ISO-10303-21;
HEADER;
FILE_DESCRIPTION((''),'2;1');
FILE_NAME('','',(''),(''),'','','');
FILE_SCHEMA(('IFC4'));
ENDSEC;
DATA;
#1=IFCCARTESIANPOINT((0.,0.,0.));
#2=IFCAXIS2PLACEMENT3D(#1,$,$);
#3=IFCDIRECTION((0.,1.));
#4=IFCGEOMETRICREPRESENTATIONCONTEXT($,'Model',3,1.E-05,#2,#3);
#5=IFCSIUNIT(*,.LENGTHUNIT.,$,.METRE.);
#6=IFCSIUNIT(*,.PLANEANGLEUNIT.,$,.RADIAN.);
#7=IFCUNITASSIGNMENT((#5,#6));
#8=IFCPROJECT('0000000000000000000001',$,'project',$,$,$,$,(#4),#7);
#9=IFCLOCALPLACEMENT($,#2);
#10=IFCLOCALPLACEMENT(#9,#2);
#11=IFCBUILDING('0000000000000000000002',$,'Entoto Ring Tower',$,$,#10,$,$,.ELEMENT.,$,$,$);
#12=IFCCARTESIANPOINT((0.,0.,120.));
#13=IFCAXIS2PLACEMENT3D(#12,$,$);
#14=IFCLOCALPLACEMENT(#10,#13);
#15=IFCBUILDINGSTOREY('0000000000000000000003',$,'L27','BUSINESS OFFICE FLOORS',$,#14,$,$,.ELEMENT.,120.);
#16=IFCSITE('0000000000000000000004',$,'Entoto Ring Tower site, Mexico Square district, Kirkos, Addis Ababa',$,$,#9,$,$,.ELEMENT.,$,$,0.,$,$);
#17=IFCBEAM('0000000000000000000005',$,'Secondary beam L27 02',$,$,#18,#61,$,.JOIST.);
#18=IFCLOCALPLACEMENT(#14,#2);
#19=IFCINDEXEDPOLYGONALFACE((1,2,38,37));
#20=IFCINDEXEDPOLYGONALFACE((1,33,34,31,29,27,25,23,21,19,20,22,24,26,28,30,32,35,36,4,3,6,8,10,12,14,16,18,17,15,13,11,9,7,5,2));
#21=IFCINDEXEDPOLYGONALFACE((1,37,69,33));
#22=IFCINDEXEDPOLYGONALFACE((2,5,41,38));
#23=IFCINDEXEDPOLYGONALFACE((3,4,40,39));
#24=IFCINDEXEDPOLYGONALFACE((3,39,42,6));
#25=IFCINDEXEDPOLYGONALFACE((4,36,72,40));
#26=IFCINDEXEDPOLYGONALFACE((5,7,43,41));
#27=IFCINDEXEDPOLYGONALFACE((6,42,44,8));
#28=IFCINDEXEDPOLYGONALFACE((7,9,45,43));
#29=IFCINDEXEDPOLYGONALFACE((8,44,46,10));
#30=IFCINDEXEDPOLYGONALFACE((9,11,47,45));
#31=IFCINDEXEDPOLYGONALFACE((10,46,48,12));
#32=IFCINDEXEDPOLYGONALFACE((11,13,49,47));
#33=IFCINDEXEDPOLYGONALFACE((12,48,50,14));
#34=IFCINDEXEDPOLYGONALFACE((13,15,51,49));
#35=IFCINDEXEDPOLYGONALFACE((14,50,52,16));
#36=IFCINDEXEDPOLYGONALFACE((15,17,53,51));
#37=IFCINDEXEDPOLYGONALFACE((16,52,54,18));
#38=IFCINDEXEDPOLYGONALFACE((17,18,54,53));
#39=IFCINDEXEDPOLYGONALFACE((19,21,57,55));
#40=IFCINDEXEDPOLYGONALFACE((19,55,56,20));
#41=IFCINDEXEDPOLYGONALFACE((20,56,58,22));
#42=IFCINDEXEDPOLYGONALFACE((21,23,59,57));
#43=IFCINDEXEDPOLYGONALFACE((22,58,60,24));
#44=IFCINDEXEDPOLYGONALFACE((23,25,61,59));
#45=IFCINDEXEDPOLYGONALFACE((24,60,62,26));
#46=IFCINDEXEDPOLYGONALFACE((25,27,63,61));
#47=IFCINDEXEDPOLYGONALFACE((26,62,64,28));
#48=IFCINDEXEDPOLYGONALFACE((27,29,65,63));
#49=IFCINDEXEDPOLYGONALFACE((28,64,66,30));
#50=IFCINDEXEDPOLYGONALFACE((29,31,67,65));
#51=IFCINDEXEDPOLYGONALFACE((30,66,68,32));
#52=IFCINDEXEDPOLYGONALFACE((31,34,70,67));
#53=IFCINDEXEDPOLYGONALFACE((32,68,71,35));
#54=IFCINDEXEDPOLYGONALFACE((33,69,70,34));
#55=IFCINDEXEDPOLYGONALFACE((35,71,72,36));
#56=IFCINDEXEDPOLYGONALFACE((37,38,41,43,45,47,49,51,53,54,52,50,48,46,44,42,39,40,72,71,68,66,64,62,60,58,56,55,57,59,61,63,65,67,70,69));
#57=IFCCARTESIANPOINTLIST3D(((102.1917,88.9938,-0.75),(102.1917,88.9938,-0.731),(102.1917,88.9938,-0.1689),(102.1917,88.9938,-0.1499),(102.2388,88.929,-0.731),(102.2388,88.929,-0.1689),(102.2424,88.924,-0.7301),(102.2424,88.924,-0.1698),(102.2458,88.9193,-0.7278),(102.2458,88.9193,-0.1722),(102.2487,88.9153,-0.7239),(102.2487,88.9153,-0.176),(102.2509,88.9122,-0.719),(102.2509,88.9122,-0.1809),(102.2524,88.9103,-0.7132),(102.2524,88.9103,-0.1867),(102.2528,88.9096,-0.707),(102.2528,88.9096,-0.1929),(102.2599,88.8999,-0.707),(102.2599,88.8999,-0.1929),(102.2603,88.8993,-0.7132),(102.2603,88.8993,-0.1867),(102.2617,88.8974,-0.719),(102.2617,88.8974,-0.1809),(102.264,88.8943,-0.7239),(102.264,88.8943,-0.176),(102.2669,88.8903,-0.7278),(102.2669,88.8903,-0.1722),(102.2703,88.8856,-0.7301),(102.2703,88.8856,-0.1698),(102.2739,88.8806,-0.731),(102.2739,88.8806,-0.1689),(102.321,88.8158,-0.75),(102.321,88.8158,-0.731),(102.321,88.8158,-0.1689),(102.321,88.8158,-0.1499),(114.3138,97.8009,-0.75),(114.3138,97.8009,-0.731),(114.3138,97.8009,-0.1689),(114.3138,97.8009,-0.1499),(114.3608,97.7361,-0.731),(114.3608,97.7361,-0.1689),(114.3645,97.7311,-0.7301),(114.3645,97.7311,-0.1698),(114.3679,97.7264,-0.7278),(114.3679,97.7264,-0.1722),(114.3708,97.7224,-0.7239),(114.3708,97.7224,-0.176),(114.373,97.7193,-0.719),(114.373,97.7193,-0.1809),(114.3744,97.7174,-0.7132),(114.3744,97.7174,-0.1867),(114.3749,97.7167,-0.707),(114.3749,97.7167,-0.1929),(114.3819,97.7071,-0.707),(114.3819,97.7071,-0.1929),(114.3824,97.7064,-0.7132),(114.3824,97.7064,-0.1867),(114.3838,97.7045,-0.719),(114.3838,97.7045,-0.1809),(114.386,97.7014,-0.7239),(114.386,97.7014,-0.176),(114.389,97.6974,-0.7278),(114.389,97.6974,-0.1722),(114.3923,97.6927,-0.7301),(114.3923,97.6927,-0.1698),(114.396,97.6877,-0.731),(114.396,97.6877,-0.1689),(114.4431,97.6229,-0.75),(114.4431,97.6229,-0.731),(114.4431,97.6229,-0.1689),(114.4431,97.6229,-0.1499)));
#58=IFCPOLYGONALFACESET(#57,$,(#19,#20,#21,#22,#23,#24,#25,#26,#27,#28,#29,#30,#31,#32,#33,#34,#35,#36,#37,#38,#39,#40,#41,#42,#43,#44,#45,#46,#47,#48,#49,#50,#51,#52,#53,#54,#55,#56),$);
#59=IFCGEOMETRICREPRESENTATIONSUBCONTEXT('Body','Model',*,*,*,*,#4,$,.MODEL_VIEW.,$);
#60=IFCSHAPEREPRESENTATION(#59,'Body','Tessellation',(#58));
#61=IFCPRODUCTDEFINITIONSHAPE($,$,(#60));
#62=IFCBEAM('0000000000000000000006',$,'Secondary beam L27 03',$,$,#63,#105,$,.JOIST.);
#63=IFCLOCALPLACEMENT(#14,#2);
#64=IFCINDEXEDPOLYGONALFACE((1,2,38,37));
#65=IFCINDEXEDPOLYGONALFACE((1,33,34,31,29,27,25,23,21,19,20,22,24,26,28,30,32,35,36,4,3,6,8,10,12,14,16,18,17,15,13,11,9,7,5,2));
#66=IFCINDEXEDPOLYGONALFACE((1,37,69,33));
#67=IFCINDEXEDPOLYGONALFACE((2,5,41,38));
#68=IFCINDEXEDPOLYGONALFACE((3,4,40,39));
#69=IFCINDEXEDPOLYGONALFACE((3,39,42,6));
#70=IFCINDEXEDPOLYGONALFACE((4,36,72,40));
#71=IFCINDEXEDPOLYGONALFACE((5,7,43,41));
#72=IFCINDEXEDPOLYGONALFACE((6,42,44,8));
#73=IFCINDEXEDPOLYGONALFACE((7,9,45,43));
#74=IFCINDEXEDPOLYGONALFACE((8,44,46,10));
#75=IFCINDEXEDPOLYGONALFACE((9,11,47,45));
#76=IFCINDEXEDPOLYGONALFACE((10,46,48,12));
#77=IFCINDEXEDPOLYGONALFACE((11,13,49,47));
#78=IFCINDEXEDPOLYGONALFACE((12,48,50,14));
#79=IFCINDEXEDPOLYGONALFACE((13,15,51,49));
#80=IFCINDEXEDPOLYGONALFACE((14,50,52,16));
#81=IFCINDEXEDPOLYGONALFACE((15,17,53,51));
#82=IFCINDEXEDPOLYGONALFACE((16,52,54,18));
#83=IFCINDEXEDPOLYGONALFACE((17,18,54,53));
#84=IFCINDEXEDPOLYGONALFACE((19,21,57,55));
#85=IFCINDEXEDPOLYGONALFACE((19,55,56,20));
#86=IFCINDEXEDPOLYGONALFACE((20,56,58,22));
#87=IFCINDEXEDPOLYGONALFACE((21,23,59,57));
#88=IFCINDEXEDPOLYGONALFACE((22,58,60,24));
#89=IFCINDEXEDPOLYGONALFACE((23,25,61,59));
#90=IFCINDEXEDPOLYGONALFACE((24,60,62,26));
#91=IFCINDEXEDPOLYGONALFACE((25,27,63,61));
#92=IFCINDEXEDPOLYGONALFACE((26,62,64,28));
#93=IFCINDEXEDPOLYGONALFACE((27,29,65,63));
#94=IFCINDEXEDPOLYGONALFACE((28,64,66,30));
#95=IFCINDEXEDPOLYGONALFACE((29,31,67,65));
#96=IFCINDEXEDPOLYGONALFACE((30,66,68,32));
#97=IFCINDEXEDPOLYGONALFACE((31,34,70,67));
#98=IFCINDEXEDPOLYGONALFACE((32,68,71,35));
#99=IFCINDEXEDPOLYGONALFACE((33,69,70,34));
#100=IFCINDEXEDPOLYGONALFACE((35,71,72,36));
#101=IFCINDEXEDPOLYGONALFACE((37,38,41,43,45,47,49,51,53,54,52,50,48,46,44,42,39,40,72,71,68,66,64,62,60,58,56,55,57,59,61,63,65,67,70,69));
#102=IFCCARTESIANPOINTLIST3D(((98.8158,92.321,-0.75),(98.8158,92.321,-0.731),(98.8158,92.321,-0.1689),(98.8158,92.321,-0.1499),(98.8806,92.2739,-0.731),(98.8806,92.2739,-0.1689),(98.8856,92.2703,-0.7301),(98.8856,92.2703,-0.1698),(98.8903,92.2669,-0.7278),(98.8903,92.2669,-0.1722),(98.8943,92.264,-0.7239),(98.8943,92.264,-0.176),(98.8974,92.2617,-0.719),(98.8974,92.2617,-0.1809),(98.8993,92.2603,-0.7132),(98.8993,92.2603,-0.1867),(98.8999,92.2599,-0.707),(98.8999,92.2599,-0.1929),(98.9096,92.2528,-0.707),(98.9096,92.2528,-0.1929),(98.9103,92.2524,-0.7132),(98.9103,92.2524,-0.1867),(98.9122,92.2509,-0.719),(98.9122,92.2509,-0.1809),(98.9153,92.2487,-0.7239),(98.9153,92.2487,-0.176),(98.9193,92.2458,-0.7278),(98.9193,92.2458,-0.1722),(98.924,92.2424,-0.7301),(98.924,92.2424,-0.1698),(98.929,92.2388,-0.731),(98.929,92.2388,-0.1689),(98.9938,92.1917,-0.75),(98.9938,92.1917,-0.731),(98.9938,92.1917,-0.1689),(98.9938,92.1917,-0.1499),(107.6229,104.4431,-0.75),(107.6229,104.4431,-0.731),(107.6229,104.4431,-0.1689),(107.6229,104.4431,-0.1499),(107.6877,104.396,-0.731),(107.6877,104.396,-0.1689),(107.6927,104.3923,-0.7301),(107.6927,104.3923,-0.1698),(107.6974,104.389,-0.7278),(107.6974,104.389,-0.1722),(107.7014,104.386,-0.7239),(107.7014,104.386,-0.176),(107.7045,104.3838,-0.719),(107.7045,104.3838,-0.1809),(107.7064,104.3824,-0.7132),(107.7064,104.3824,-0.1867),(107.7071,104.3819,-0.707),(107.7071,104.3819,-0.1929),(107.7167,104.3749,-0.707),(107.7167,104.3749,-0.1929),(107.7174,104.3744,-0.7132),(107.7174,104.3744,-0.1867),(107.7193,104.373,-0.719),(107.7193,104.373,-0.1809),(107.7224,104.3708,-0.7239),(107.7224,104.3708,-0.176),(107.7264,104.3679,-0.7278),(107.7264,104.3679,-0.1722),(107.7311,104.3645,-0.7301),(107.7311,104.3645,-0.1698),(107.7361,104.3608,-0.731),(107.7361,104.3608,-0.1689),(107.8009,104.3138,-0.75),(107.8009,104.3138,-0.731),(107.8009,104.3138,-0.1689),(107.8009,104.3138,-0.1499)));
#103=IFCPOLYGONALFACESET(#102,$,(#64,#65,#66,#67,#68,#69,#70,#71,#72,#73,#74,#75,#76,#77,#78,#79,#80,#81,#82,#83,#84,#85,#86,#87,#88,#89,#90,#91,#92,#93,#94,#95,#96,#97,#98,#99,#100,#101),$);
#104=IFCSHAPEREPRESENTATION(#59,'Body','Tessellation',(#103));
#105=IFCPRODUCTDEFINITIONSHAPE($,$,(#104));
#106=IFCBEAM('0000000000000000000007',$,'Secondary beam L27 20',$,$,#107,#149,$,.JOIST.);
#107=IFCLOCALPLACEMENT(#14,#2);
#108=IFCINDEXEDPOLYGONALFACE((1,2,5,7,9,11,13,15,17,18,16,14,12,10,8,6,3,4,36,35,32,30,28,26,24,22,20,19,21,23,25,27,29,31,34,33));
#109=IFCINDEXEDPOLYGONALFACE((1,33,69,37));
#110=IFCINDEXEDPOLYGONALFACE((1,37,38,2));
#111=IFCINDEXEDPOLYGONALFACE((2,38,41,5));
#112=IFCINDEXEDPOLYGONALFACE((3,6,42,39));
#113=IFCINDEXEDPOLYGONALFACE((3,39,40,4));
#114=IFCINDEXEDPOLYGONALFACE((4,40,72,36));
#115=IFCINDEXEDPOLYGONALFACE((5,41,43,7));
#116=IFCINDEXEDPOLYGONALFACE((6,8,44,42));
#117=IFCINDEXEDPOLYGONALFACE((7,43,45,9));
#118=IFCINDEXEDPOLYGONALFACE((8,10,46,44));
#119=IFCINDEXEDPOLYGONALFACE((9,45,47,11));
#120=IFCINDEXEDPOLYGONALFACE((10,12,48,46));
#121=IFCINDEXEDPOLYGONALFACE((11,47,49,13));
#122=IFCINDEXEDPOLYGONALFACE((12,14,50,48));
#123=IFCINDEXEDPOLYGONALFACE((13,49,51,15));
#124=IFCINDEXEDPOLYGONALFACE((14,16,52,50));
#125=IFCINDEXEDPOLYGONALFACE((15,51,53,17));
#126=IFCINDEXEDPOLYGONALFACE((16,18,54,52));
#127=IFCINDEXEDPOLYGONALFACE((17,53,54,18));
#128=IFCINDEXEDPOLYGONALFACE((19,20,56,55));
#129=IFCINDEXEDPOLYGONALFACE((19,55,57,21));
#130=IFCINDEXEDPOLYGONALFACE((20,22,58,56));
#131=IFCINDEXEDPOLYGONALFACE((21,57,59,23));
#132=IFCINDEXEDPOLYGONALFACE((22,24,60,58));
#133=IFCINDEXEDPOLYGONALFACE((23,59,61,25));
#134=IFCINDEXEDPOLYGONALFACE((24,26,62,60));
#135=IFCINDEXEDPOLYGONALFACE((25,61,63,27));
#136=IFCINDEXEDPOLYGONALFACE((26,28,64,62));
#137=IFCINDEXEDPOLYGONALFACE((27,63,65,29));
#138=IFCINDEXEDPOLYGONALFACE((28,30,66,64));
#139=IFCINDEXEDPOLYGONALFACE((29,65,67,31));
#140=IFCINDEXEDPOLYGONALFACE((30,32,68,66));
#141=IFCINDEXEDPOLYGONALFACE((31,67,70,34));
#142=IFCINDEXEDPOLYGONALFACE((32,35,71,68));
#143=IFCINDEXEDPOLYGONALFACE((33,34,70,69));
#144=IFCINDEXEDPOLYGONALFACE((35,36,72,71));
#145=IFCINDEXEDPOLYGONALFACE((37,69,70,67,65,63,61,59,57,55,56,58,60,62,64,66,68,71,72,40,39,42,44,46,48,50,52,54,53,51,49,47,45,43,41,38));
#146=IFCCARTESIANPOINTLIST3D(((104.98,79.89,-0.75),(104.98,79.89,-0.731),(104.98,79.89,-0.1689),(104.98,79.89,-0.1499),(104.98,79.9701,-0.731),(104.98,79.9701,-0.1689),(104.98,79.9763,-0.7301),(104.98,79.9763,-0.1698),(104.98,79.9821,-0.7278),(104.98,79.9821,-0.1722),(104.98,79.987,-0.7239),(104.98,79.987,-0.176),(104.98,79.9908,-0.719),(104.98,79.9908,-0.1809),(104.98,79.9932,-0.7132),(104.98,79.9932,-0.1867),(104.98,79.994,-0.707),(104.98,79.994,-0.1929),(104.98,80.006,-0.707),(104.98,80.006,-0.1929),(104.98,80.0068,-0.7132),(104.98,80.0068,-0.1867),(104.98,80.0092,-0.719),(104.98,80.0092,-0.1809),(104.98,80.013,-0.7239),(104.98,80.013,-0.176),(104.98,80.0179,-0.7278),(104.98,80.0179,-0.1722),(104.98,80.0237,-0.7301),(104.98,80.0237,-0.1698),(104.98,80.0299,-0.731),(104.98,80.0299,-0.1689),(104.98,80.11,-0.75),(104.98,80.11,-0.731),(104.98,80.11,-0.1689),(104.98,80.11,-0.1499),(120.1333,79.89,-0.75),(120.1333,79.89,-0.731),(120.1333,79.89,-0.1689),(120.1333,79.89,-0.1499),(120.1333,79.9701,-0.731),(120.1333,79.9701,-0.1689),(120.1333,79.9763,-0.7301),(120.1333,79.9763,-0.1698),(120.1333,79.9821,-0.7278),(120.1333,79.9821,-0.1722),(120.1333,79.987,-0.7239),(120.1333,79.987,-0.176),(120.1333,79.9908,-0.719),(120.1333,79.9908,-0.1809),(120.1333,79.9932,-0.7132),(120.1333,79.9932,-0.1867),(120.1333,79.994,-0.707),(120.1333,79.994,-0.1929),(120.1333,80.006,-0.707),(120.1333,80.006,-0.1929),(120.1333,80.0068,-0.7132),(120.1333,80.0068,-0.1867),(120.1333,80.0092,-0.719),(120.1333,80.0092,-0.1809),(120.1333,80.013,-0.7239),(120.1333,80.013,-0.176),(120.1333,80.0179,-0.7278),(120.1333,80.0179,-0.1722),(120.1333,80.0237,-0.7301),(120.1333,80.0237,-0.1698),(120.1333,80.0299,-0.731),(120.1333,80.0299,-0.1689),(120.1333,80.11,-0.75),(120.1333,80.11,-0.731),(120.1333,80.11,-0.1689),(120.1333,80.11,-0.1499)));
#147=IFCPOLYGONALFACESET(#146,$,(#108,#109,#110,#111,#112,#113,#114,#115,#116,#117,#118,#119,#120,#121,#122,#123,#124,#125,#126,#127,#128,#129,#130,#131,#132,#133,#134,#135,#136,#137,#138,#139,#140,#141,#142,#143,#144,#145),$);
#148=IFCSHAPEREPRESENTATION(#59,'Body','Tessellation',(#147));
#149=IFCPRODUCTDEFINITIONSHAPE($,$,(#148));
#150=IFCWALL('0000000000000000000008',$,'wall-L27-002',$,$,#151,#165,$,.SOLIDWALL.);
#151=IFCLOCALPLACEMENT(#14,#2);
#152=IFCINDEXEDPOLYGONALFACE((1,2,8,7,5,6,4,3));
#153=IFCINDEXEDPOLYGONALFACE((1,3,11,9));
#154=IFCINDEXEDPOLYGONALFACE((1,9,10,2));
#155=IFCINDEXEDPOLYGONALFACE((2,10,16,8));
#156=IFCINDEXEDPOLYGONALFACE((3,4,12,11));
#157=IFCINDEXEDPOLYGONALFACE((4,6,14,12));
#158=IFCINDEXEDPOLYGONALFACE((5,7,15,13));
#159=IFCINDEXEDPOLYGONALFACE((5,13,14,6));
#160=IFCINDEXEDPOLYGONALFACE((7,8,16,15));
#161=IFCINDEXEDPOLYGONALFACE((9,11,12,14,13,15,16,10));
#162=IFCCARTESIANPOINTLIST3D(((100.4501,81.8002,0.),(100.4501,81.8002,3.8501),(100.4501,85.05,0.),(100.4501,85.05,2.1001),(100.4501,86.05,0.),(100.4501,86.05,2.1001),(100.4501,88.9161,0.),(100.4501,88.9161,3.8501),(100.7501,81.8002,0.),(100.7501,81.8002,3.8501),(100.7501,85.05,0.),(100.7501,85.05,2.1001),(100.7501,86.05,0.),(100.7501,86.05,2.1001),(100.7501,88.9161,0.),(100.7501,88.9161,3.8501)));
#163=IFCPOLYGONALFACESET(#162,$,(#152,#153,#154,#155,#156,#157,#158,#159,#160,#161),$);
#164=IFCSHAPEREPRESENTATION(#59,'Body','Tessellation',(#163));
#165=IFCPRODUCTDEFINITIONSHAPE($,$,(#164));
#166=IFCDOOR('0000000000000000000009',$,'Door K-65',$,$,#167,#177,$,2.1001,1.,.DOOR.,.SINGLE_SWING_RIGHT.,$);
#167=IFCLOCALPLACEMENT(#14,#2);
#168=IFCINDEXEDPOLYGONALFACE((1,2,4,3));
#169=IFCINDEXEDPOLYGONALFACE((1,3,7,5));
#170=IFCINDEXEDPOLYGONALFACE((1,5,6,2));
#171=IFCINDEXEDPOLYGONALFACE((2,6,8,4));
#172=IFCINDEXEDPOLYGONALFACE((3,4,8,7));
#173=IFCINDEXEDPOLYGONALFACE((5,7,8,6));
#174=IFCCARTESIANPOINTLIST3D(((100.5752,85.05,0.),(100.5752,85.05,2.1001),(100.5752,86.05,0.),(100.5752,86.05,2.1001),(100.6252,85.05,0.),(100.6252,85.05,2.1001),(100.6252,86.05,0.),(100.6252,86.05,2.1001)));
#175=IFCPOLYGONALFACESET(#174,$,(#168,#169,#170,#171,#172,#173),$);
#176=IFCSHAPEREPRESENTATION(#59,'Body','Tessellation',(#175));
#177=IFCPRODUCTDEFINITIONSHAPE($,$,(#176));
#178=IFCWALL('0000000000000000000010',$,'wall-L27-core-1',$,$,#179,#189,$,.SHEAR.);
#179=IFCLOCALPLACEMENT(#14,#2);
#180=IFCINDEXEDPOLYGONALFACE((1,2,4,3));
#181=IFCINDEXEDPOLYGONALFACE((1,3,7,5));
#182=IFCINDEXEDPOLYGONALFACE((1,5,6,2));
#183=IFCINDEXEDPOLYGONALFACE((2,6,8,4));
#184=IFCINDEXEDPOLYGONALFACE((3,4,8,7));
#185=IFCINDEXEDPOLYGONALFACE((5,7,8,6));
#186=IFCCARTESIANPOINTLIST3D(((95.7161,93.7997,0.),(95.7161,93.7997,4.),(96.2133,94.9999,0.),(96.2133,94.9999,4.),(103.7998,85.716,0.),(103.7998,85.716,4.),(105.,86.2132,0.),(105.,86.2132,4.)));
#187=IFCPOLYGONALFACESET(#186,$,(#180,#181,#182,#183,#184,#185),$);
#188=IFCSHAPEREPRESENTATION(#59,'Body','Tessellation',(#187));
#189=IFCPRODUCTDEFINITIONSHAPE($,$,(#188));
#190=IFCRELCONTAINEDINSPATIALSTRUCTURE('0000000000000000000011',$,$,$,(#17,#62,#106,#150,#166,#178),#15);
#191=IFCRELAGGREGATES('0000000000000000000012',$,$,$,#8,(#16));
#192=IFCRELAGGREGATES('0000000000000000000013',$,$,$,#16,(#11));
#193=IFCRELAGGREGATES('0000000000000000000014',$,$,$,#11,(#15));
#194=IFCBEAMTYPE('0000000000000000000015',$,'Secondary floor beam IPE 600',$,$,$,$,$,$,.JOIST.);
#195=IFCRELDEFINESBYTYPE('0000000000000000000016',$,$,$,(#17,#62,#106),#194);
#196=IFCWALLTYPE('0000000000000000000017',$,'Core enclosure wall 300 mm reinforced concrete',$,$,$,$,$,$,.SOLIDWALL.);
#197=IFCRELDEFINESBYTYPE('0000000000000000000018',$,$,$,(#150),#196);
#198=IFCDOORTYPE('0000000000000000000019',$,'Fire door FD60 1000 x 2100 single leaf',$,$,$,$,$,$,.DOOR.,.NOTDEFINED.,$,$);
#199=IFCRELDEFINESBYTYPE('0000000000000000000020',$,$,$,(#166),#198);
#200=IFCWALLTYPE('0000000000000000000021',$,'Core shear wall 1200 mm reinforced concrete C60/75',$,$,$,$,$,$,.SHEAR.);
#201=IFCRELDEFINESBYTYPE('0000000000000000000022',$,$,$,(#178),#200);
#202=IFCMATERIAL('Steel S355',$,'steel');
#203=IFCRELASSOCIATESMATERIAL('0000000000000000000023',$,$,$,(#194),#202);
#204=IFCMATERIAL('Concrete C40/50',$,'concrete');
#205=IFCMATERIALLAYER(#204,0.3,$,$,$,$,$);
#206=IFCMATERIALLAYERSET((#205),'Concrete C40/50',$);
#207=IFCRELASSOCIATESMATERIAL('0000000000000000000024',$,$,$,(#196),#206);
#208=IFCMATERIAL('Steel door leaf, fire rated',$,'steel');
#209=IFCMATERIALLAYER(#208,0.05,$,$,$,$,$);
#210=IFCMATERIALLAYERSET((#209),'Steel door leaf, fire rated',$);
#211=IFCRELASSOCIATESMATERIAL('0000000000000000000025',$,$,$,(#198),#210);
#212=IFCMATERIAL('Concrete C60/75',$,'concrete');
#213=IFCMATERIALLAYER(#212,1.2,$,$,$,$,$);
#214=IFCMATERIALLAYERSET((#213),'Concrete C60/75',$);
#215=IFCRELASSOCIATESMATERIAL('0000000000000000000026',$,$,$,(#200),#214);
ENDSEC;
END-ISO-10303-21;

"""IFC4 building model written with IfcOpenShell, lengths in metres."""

from ifc_helpers import new_model, si_unit, direction, frame, frame_2d, origin, origin_2d, place, context, subcontext, project, spatial, polyline, rectangle, i_section, outline, extrude, material, layer, layer_set, material_profile, profile_set, type_object, element, fill, save


model = new_model("IFC4")

# Units and contexts
model_context = context("Model", 3, precision=1e-05, world=origin(), true_north=direction((0.0, 1.0)))
body_context = subcontext(model_context, "Body", "Model", "MODEL_VIEW")
ifc_project = project(units=[si_unit("LENGTHUNIT", "METRE"), si_unit("PLANEANGLEUNIT", "RADIAN")], contexts=[model_context])

# Site, building, storey
site_placement = place(None, origin())
site = spatial("IfcSite", under=ifc_project, at=site_placement, Name="Entoto Ring Tower site, Mexico Square district, Kirkos, Addis Ababa", CompositionType="ELEMENT", RefElevation=0.0)
building_placement = place(site_placement, origin())
building = spatial("IfcBuilding", under=site, at=building_placement, Name="Entoto Ring Tower", CompositionType="ELEMENT")
storey_placement = place(building_placement, frame((0.0, 0.0, 120.0)))
storey = spatial("IfcBuildingStorey", under=building, at=storey_placement, Name="L27", Description="BUSINESS OFFICE FLOORS", CompositionType="ELEMENT", Elevation=120.0)

# Beams
ifc_material_1 = material(Name="Steel S355", Category="steel")
ifc_material_profile_1 = material_profile(ifc_material_1, i_section(OverallWidth=0.22, OverallDepth=0.6001, WebThickness=0.012, FlangeThickness=0.019, FilletRadius=0.0239, at=origin_2d()), Name="IPE 600")
ifc_profile_set_1 = profile_set([ifc_material_profile_1], Name="Steel S355")
beam_type_1 = type_object("IfcBeamType", Name="Secondary floor beam IPE 600", PredefinedType="JOIST", material=ifc_profile_set_1)
for number, where, z_axis, x_axis, name in (
    (1, (102.2563, 88.9048, -0.45), (0.809019, 0.587782, 0.0), (-0.587782, 0.809019, 0.0), "Secondary beam L27 02"),
    (2, (98.9048, 92.2563, -0.45), (0.587782, 0.809019, 0.0), (-0.809019, 0.587782, 0.0), "Secondary beam L27 03"),
):
    element("IfcBeam", number, at=place(storey_placement, frame(where, z_axis=z_axis, x_axis=x_axis)), inside=storey, type_object=beam_type_1, Name=name, PredefinedType="JOIST", context=body_context, shape_type="SweptSolid", body=[
        extrude(i_section(OverallWidth=0.22, OverallDepth=0.6001, WebThickness=0.012, FlangeThickness=0.019, FilletRadius=0.0239, at=origin_2d()), origin(), (0.0, 0.0, 1.0), 14.9836),
    ])
beam_1_placement = place(storey_placement, frame((104.98, 80.0, -0.45), z_axis=(1.0, 0.0, 0.0), x_axis=(0.0, 1.0, 0.0)))
element("IfcBeam", 3, at=beam_1_placement, inside=storey, type_object=beam_type_1, Name="Secondary beam L27 20", PredefinedType="JOIST", context=body_context, shape_type="SweptSolid", body=[
    extrude(i_section(OverallWidth=0.22, OverallDepth=0.6001, WebThickness=0.012, FlangeThickness=0.019, FilletRadius=0.0239, at=origin_2d()), origin(), (0.0, 0.0, 1.0), 15.1533),
])

# Wall, opening, door
ifc_material_2 = material(Name="Concrete C40/50", Category="concrete")
ifc_layer_1 = layer(ifc_material_2, 0.3)
ifc_layer_set_1 = layer_set([ifc_layer_1], Name="Concrete C40/50")
wall_type_1 = type_object("IfcWallType", Name="Core enclosure wall 300 mm reinforced concrete", PredefinedType="SOLIDWALL", material=ifc_layer_set_1)
wall_1_placement = place(storey_placement, frame((100.6001, 81.8, 0.0), z_axis=(0.0, 0.0, 1.0), x_axis=(0.0, 1.0, 0.0)))
wall_1 = element("IfcWall", 4, at=wall_1_placement, inside=storey, type_object=wall_type_1, Name="wall-L27-002", PredefinedType="SOLIDWALL", context=body_context, shape_type="SweptSolid", body=[
    extrude(rectangle(XDim=7.116, YDim=0.3, at=frame_2d((3.5581, 0.0))), origin(), (0.0, 0.0, 1.0), 3.8501),
])
opening_1_placement = place(wall_1_placement, frame((3.25, 0.0, 0.0)))
opening_1 = element("IfcOpeningElement", 5, at=opening_1_placement, cuts=wall_1, PredefinedType="OPENING", context=body_context, shape_type="SweptSolid", body=[
    extrude(rectangle(XDim=1.0, YDim=2.1001, at=frame_2d((0.5, 1.05))), frame((0.0, 0.1602, 0.0), z_axis=(0.0, -1.0, 0.0), x_axis=(1.0, 0.0, 0.0)), (0.0, 0.0, 1.0), 0.3201),
])
ifc_material_3 = material(Name="Steel door leaf, fire rated", Category="steel")
ifc_layer_2 = layer(ifc_material_3, 0.05)
ifc_layer_set_2 = layer_set([ifc_layer_2], Name="Steel door leaf, fire rated")
door_type_1 = type_object("IfcDoorType", Name="Fire door FD60 1000 x 2100 single leaf", OperationType="NOTDEFINED", PredefinedType="DOOR", material=ifc_layer_set_2)
door_1_placement = place(opening_1_placement, origin())
door_1 = element("IfcDoor", 6, at=door_1_placement, inside=storey, type_object=door_type_1, Name="Door K-65", OperationType="SINGLE_SWING_RIGHT", OverallHeight=2.1001, OverallWidth=1.0, PredefinedType="DOOR", context=body_context, shape_type="SweptSolid", body=[
    extrude(rectangle(XDim=1.0, YDim=2.1001, at=frame_2d((0.5, 1.05))), frame((0.0, 0.0249, 0.0), z_axis=(0.0, -1.0, 0.0), x_axis=(1.0, 0.0, 0.0)), (0.0, 0.0, 1.0), 0.05),
])
fill(opening_1, door_1)

# Wall
ifc_material_4 = material(Name="Concrete C60/75", Category="concrete")
ifc_layer_3 = layer(ifc_material_4, 1.2)
ifc_layer_set_3 = layer_set([ifc_layer_3], Name="Concrete C60/75")
wall_type_2 = type_object("IfcWallType", Name="Core shear wall 1200 mm reinforced concrete C60/75", PredefinedType="SHEAR", material=ifc_layer_set_3)
wall_2_placement = place(storey_placement, frame((104.3999, 85.9646, 0.0), z_axis=(0.0, 0.0, 1.0), x_axis=(-0.707107, 0.707107, 0.0)))
element("IfcWall", 7, at=wall_2_placement, inside=storey, type_object=wall_type_2, Name="wall-L27-core-1", PredefinedType="SHEAR", context=body_context, shape_type="SweptSolid", body=[
    extrude(outline(polyline([(-0.2485, -0.6001), (12.1777, -0.6001), (11.6807, 0.6001), (0.2485, 0.6001), (-0.2485, -0.6001)])), origin(), (0.0, 0.0, 1.0), 4.0),
])

save(model, "model.ifc")
